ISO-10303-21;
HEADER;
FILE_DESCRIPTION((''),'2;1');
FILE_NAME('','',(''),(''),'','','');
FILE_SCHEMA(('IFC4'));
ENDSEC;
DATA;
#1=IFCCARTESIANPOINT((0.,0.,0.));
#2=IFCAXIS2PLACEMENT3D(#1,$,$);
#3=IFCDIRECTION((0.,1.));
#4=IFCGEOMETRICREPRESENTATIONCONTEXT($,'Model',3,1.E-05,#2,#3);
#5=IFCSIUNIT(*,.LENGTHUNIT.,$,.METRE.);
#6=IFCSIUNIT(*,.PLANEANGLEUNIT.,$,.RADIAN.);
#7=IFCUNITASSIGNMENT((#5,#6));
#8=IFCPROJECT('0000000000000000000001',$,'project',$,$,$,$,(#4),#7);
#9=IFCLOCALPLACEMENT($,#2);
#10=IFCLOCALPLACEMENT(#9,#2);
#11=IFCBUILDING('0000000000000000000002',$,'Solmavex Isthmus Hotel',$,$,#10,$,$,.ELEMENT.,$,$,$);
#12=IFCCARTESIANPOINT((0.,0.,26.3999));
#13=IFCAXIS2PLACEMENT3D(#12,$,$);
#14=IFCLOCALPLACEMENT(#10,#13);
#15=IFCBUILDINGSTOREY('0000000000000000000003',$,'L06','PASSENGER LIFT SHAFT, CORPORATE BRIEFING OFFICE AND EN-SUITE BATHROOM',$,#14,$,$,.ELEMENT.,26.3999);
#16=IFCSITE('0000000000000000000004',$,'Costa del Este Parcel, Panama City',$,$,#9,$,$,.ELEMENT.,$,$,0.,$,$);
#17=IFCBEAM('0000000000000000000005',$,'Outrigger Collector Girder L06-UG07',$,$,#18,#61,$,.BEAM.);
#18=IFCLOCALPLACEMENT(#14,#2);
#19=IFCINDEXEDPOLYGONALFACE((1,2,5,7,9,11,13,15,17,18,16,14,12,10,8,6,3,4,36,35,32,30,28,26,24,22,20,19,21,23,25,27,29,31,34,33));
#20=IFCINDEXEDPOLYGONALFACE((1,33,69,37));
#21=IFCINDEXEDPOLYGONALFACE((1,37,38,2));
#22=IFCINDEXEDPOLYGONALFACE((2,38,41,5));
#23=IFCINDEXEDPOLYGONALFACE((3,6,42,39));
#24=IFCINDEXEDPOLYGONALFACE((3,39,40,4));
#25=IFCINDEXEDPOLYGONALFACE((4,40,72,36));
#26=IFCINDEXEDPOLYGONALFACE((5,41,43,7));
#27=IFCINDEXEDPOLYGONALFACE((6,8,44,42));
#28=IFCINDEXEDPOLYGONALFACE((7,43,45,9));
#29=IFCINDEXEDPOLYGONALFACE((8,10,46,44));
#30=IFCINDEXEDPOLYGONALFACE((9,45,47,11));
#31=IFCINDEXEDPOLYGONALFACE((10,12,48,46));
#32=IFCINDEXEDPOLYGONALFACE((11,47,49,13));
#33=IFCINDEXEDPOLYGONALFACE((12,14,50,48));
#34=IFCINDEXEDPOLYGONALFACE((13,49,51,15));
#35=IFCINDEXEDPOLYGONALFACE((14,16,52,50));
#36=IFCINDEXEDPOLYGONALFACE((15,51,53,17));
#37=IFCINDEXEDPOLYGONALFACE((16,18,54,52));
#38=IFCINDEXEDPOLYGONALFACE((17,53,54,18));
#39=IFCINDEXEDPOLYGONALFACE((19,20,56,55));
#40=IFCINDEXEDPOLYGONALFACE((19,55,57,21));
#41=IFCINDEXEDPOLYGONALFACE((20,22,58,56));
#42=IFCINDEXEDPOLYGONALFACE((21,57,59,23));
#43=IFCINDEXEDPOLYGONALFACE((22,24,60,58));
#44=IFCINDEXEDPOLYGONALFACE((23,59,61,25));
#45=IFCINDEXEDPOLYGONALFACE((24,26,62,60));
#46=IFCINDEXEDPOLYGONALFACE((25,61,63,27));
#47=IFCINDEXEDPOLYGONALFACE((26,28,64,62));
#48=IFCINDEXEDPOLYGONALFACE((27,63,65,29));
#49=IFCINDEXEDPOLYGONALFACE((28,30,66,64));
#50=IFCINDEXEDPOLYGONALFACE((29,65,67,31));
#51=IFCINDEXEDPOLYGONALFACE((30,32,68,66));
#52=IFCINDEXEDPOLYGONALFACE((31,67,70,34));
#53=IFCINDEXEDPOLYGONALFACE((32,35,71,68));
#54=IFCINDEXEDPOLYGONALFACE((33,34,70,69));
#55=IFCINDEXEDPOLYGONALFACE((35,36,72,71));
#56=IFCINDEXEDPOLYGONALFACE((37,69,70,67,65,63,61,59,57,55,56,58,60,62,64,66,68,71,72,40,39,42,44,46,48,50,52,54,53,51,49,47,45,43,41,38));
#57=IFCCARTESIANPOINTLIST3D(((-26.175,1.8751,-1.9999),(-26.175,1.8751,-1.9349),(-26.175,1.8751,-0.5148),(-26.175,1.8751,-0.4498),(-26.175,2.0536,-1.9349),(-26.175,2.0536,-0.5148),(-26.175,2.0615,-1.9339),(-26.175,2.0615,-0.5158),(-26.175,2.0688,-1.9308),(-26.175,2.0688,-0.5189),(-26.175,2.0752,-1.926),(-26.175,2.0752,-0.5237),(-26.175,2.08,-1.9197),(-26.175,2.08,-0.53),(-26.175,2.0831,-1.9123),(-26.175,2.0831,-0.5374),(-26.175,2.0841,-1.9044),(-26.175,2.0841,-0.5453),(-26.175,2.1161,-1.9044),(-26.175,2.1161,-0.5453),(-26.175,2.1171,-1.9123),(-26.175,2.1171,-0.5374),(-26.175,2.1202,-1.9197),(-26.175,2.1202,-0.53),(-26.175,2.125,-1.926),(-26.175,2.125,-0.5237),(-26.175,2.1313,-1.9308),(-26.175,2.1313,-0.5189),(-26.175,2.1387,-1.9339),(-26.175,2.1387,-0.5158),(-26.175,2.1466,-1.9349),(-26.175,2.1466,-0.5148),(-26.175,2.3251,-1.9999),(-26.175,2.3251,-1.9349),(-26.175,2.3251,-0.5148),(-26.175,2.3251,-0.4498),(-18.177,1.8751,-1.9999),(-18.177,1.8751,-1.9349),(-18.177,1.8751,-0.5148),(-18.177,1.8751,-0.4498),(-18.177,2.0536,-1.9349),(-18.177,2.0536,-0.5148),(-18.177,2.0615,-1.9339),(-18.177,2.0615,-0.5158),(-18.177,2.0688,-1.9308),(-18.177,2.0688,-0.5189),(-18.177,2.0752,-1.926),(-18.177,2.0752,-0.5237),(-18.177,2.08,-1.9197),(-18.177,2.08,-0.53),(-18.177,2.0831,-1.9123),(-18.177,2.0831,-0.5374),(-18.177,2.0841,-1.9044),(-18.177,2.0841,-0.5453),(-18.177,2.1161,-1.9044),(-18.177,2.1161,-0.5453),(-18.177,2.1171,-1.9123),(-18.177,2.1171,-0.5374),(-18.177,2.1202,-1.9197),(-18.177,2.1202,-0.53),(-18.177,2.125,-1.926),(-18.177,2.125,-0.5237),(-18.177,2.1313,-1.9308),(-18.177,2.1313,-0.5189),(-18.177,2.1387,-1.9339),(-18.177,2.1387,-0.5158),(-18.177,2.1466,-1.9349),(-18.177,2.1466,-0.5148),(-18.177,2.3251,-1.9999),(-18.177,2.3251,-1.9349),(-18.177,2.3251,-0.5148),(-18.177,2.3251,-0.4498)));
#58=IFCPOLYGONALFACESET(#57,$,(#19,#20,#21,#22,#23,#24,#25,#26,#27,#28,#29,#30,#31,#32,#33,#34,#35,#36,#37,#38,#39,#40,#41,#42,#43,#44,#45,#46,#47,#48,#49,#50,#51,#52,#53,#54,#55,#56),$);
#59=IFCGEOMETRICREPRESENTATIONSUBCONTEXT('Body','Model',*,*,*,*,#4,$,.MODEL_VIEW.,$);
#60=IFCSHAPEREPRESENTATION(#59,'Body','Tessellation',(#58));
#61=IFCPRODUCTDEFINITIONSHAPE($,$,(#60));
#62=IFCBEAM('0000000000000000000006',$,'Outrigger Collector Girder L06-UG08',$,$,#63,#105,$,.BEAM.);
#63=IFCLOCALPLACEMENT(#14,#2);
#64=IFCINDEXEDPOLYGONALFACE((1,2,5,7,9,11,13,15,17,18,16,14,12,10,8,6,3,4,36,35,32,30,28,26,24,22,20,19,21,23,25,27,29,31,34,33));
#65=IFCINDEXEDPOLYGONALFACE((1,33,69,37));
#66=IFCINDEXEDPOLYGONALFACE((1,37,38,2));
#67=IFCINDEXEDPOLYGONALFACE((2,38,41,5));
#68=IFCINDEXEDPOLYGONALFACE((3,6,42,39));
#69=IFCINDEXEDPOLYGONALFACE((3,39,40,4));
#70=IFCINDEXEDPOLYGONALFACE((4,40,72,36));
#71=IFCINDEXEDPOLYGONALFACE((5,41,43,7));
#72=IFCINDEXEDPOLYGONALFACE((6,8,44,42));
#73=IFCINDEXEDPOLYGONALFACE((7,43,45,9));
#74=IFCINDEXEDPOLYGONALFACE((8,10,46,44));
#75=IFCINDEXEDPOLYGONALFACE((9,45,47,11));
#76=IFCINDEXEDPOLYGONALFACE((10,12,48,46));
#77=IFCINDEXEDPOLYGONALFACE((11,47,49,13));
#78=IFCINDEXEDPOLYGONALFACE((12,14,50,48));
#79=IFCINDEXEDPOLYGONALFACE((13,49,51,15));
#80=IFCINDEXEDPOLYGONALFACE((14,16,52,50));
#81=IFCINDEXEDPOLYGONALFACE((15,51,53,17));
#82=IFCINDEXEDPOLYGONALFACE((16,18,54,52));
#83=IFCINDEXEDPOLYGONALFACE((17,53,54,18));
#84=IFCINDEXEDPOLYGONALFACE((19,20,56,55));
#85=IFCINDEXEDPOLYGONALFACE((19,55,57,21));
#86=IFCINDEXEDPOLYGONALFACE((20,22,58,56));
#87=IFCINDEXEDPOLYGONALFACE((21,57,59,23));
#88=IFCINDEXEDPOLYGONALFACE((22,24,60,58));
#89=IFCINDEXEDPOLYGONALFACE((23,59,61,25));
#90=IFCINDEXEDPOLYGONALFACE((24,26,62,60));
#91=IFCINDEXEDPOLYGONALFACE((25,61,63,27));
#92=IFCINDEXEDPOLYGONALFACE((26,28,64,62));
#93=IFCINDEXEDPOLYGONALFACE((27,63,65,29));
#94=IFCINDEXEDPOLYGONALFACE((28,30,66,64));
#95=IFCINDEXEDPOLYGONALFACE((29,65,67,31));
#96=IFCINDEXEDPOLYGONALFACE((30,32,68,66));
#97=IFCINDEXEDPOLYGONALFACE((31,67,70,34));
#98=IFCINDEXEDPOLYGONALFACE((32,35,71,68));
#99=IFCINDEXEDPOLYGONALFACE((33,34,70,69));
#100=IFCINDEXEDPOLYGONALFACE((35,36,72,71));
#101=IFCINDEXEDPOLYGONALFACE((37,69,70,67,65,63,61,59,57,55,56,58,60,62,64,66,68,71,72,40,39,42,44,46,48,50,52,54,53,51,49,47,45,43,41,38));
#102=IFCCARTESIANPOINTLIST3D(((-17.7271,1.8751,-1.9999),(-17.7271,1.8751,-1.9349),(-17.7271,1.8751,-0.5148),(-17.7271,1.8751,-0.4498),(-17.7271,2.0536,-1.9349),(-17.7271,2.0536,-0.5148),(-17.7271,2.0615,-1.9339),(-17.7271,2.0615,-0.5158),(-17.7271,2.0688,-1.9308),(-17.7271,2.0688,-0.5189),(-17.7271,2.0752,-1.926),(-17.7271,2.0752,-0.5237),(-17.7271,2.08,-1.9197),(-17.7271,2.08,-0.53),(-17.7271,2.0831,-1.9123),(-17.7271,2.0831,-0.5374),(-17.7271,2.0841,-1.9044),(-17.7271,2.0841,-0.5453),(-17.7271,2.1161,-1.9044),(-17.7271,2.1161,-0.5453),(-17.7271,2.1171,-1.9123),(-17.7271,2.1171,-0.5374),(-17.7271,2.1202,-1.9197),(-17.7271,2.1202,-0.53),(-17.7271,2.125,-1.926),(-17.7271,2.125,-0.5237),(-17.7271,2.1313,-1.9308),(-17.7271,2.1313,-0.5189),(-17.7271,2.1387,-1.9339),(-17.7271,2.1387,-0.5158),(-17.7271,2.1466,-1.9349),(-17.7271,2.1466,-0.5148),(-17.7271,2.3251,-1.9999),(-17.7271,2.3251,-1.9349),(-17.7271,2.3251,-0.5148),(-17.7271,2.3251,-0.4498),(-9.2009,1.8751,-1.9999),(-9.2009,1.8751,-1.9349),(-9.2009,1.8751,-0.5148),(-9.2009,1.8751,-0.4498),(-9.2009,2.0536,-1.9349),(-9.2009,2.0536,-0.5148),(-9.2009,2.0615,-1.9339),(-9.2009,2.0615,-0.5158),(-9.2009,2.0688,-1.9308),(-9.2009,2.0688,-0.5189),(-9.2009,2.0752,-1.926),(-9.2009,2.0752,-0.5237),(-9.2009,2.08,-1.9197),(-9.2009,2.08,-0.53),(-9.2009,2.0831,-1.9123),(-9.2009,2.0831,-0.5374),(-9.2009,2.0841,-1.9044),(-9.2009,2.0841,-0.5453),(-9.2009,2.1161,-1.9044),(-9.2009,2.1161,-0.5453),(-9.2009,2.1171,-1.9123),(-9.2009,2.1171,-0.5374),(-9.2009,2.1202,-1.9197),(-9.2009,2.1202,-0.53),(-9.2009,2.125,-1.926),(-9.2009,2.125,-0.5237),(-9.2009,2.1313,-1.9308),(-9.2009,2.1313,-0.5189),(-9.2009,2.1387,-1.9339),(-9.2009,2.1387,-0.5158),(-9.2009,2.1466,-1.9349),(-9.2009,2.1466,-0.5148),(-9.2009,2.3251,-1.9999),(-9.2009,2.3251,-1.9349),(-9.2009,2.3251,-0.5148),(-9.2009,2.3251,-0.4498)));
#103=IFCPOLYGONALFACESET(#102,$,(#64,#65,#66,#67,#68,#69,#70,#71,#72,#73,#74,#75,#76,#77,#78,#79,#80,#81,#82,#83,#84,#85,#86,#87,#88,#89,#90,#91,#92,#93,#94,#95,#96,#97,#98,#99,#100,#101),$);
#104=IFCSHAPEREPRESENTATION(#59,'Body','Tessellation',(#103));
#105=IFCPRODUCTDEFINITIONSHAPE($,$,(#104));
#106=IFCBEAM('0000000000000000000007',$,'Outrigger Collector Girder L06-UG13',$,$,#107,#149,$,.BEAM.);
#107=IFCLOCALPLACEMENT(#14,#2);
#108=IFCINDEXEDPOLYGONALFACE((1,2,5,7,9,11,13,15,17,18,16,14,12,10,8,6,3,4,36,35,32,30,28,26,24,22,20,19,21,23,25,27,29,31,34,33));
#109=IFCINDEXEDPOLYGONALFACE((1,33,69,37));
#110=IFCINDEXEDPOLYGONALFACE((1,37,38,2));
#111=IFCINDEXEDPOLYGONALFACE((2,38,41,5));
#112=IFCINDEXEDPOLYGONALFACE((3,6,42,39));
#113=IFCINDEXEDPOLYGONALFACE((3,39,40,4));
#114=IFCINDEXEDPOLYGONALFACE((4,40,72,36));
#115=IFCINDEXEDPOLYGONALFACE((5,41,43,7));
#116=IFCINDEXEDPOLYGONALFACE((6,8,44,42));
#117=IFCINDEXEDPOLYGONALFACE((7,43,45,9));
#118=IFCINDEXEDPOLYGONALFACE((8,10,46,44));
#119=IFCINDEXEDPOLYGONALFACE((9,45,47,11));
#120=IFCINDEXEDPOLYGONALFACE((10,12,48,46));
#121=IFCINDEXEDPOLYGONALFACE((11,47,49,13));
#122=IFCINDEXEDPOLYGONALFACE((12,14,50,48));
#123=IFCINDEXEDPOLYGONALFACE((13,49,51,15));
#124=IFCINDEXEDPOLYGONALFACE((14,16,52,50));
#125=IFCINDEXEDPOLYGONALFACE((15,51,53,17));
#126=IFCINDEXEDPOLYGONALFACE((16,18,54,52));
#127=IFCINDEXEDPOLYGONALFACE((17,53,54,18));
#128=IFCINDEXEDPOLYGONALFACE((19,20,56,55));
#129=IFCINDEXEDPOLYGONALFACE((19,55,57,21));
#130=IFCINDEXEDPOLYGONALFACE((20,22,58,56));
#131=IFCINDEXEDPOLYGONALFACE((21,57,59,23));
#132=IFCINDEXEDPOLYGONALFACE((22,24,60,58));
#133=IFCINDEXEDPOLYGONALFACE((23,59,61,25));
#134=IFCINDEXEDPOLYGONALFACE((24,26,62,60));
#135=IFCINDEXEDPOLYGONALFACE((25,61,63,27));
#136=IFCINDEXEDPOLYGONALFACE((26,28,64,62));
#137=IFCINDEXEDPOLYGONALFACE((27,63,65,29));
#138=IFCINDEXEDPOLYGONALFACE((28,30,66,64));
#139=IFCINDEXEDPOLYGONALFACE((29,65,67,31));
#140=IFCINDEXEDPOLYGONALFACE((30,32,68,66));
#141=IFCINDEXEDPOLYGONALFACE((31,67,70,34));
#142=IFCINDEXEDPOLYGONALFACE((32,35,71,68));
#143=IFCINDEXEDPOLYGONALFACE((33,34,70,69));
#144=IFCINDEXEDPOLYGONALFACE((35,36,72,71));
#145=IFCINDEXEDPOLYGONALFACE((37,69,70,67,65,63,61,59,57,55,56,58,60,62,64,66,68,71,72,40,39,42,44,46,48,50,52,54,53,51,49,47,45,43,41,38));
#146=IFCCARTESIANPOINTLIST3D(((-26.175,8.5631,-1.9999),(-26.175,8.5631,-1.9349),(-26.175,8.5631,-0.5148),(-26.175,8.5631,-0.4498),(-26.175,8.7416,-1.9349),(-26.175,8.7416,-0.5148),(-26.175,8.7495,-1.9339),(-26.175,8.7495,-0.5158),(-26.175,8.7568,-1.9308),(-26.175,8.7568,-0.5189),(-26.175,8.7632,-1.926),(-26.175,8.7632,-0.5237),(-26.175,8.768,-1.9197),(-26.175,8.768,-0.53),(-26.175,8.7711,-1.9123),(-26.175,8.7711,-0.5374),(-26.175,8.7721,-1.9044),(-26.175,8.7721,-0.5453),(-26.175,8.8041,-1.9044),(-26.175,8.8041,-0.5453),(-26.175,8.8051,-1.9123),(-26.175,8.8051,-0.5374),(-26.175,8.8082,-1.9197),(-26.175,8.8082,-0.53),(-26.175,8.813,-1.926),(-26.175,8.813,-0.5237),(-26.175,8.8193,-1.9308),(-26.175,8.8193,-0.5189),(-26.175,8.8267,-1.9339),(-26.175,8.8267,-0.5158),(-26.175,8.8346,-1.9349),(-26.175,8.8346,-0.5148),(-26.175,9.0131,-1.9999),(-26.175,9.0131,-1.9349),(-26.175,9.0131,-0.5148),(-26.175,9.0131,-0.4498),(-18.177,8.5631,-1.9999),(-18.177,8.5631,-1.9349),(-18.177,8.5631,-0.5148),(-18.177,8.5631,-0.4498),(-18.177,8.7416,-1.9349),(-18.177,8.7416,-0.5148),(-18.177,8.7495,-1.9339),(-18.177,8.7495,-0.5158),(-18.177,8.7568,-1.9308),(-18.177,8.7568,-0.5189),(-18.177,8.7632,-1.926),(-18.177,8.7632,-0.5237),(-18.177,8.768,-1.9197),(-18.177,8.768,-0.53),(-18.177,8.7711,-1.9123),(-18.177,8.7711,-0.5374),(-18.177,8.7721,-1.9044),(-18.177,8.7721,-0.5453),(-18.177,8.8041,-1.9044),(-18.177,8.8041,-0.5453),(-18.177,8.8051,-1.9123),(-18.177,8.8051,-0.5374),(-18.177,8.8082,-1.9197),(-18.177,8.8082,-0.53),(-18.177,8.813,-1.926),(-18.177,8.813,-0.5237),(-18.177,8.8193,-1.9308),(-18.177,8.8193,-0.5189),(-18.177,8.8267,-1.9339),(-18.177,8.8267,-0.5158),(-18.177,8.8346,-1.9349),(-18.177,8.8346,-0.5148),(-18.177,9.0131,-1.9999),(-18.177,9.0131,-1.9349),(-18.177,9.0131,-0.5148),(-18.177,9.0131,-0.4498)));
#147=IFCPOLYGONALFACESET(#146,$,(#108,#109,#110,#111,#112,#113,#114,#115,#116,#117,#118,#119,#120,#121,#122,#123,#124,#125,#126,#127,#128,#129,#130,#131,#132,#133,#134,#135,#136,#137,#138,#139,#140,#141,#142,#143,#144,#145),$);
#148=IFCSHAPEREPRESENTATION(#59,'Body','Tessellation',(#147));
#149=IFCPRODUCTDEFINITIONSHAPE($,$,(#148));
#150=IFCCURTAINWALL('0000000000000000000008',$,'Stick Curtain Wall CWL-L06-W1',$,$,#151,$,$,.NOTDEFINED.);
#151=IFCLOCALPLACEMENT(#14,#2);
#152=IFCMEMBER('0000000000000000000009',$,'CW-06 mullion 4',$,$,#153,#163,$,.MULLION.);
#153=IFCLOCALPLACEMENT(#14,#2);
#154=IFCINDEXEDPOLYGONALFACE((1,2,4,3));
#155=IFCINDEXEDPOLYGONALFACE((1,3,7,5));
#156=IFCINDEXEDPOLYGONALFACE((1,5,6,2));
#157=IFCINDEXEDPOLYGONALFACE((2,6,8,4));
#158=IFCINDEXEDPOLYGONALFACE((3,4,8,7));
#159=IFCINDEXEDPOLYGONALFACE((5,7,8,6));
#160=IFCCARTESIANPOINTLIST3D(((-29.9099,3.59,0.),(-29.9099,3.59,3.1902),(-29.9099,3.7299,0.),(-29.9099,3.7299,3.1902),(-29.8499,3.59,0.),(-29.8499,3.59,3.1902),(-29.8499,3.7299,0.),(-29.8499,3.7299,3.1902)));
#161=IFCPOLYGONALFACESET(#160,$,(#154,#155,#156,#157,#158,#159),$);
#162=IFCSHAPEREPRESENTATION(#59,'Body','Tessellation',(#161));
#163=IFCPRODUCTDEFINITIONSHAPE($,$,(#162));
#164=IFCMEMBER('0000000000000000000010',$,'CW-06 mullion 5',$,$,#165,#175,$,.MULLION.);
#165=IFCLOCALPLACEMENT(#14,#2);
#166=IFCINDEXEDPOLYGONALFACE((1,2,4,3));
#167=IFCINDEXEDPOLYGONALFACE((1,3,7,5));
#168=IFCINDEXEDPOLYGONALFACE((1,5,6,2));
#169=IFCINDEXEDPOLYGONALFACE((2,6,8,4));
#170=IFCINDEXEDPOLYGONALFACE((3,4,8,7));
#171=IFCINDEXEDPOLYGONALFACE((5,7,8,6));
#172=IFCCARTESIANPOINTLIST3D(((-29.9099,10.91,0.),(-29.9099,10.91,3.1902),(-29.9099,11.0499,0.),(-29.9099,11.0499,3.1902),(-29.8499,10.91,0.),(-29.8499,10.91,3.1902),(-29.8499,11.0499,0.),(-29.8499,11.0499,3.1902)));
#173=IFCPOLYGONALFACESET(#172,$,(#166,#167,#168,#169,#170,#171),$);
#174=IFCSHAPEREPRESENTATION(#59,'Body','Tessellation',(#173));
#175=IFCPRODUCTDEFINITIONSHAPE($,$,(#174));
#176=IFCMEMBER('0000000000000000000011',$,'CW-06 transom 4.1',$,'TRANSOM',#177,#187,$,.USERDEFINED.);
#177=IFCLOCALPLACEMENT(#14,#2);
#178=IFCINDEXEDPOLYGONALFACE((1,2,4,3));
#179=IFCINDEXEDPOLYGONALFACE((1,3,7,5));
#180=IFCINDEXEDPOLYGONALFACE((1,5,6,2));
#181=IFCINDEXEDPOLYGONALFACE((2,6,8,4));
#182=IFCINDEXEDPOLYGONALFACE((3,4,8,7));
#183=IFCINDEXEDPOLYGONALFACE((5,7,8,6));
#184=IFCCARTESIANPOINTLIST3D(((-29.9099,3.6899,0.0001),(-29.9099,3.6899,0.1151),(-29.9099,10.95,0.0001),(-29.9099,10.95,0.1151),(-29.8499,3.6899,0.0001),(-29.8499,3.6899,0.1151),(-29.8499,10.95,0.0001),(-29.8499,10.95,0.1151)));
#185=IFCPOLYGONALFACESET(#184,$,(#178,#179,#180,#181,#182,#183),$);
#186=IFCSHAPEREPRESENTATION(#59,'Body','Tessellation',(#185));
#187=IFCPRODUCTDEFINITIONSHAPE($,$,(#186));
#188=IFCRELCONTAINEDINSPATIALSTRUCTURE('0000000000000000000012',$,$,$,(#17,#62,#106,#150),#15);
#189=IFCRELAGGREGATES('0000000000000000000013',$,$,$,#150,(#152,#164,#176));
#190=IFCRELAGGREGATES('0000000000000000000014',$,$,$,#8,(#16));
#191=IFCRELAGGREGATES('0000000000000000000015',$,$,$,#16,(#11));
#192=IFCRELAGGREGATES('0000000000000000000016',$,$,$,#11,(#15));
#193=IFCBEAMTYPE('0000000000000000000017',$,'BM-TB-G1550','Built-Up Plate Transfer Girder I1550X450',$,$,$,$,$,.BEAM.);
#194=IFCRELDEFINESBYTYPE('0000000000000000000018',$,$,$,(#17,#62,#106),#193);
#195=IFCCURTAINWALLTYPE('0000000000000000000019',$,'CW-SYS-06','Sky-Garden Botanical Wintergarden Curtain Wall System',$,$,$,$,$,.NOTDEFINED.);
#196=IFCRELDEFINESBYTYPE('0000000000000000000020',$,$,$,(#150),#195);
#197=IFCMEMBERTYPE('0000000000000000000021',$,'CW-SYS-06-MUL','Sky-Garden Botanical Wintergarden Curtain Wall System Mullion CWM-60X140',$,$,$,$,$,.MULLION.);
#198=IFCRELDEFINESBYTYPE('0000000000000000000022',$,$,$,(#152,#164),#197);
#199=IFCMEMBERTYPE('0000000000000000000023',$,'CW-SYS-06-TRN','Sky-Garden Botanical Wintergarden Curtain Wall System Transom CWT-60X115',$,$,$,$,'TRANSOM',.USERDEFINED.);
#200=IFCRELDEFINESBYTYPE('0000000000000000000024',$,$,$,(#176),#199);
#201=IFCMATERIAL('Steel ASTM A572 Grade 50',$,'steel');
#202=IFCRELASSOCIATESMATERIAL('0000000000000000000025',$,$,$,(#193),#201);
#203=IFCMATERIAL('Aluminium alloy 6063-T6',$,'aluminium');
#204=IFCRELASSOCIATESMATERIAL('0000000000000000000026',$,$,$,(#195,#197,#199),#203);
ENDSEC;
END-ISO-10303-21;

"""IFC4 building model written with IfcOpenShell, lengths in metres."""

from ifc_helpers import new_model, si_unit, direction, frame, origin, origin_2d, place, context, subcontext, project, spatial, rectangle, i_section, extrude, material, material_profile, profile_set, type_object, element, aggregate, save


model = new_model("IFC4")

# Units and contexts
model_context = context("Model", 3, precision=1e-05, world=origin(), true_north=direction((0.0, 1.0)))
body_context = subcontext(model_context, "Body", "Model", "MODEL_VIEW")
ifc_project = project(units=[si_unit("LENGTHUNIT", "METRE"), si_unit("PLANEANGLEUNIT", "RADIAN")], contexts=[model_context])

# Site, building, storey
site_placement = place(None, origin())
site = spatial("IfcSite", under=ifc_project, at=site_placement, Name="Costa del Este Parcel, Panama City", CompositionType="ELEMENT", RefElevation=0.0)
building_placement = place(site_placement, origin())
building = spatial("IfcBuilding", under=site, at=building_placement, Name="Solmavex Isthmus Hotel", CompositionType="ELEMENT")
storey_placement = place(building_placement, frame((0.0, 0.0, 26.3999)))
storey = spatial("IfcBuildingStorey", under=building, at=storey_placement, Name="L06", Description="PASSENGER LIFT SHAFT, CORPORATE BRIEFING OFFICE AND EN-SUITE BATHROOM", CompositionType="ELEMENT", Elevation=26.3999)

# Beams
ifc_material_1 = material(Name="Steel ASTM A572 Grade 50", Category="steel")
ifc_material_profile_1 = material_profile(ifc_material_1, i_section(OverallWidth=0.45, OverallDepth=1.55, WebThickness=0.032, FlangeThickness=0.0649, FilletRadius=0.0305, at=origin_2d()), Name="I1550X450")
ifc_profile_set_1 = profile_set([ifc_material_profile_1], Name="Steel ASTM A572 Grade 50")
beam_type_1 = type_object("IfcBeamType", Name="BM-TB-G1550", Description="Built-Up Plate Transfer Girder I1550X450", PredefinedType="BEAM", material=ifc_profile_set_1)
beam_1_placement = place(storey_placement, frame((-26.175, 2.1001, -1.2249), z_axis=(1.0, 0.0, 0.0), x_axis=(0.0, 1.0, 0.0)))
element("IfcBeam", 1, at=beam_1_placement, inside=storey, type_object=beam_type_1, Name="Outrigger Collector Girder L06-UG07", PredefinedType="BEAM", context=body_context, shape_type="SweptSolid", body=[
    extrude(i_section(OverallWidth=0.45, OverallDepth=1.55, WebThickness=0.032, FlangeThickness=0.0649, FilletRadius=0.0305, at=origin_2d()), origin(), (0.0, 0.0, 1.0), 7.998),
])
beam_2_placement = place(storey_placement, frame((-17.7271, 2.1001, -1.2249), z_axis=(1.0, 0.0, 0.0), x_axis=(0.0, 1.0, 0.0)))
element("IfcBeam", 2, at=beam_2_placement, inside=storey, type_object=beam_type_1, Name="Outrigger Collector Girder L06-UG08", PredefinedType="BEAM", context=body_context, shape_type="SweptSolid", body=[
    extrude(i_section(OverallWidth=0.45, OverallDepth=1.55, WebThickness=0.032, FlangeThickness=0.0649, FilletRadius=0.0305, at=origin_2d()), origin(), (0.0, 0.0, 1.0), 8.5261),
])
beam_3_placement = place(storey_placement, frame((-26.175, 8.7881, -1.2249), z_axis=(1.0, 0.0, 0.0), x_axis=(0.0, 1.0, 0.0)))
element("IfcBeam", 3, at=beam_3_placement, inside=storey, type_object=beam_type_1, Name="Outrigger Collector Girder L06-UG13", PredefinedType="BEAM", context=body_context, shape_type="SweptSolid", body=[
    extrude(i_section(OverallWidth=0.45, OverallDepth=1.55, WebThickness=0.032, FlangeThickness=0.0649, FilletRadius=0.0305, at=origin_2d()), origin(), (0.0, 0.0, 1.0), 7.998),
])

# Curtain wall, members
ifc_material_2 = material(Name="Aluminium alloy 6063-T6", Category="aluminium")
curtain_wall_type = type_object("IfcCurtainWallType", Name="CW-SYS-06", Description="Sky-Garden Botanical Wintergarden Curtain Wall System", PredefinedType="NOTDEFINED", material=ifc_material_2)
curtain_wall_placement = place(storey_placement, origin())
curtain_wall = element("IfcCurtainWall", 4, at=curtain_wall_placement, inside=storey, type_object=curtain_wall_type, Name="Stick Curtain Wall CWL-L06-W1", PredefinedType="NOTDEFINED")
ifc_material_profile_2 = material_profile(ifc_material_2, rectangle(XDim=0.0601, YDim=0.1399, at=origin_2d()), Name="CWM-60X140")
ifc_profile_set_2 = profile_set([ifc_material_profile_2], Name="Aluminium alloy 6063-T6")
member_type_1 = type_object("IfcMemberType", Name="CW-SYS-06-MUL", Description="Sky-Garden Botanical Wintergarden Curtain Wall System Mullion CWM-60X140", PredefinedType="MULLION", material=ifc_profile_set_2)
member_1_placement = place(storey_placement, frame((-29.8799, 3.6599, 0.0), z_axis=(0.0, 0.0, 1.0), x_axis=(-1.0, 0.0, 0.0)))
member_1 = element("IfcMember", 5, at=member_1_placement, type_object=member_type_1, Name="CW-06 mullion 4", PredefinedType="MULLION", context=body_context, shape_type="SweptSolid", body=[
    extrude(rectangle(XDim=0.0601, YDim=0.1399, at=origin_2d()), origin(), (0.0, 0.0, 1.0), 3.1902),
])
member_2_placement = place(storey_placement, frame((-29.8799, 10.98, 0.0), z_axis=(0.0, 0.0, 1.0), x_axis=(-1.0, 0.0, 0.0)))
member_2 = element("IfcMember", 6, at=member_2_placement, type_object=member_type_1, Name="CW-06 mullion 5", PredefinedType="MULLION", context=body_context, shape_type="SweptSolid", body=[
    extrude(rectangle(XDim=0.0601, YDim=0.1399, at=origin_2d()), origin(), (0.0, 0.0, 1.0), 3.1902),
])
ifc_material_profile_3 = material_profile(ifc_material_2, rectangle(XDim=0.0601, YDim=0.115, at=origin_2d()), Name="CWT-60X115")
ifc_profile_set_3 = profile_set([ifc_material_profile_3], Name="Aluminium alloy 6063-T6")
member_type_2 = type_object("IfcMemberType", Name="CW-SYS-06-TRN", Description="Sky-Garden Botanical Wintergarden Curtain Wall System Transom CWT-60X115", ElementType="TRANSOM", PredefinedType="USERDEFINED", material=ifc_profile_set_3)
member_3_placement = place(storey_placement, frame((-29.8799, 3.6899, 0.0576), z_axis=(0.0, 1.0, 0.0), x_axis=(-1.0, 0.0, 0.0)))
member_3 = element("IfcMember", 7, at=member_3_placement, type_object=member_type_2, Name="CW-06 transom 4.1", ObjectType="TRANSOM", PredefinedType="USERDEFINED", context=body_context, shape_type="SweptSolid", body=[
    extrude(rectangle(XDim=0.0601, YDim=0.115, at=origin_2d()), origin(), (0.0, 0.0, 1.0), 7.26),
])
aggregate(curtain_wall, [member_1, member_2, member_3])

save(model, "model.ifc")
